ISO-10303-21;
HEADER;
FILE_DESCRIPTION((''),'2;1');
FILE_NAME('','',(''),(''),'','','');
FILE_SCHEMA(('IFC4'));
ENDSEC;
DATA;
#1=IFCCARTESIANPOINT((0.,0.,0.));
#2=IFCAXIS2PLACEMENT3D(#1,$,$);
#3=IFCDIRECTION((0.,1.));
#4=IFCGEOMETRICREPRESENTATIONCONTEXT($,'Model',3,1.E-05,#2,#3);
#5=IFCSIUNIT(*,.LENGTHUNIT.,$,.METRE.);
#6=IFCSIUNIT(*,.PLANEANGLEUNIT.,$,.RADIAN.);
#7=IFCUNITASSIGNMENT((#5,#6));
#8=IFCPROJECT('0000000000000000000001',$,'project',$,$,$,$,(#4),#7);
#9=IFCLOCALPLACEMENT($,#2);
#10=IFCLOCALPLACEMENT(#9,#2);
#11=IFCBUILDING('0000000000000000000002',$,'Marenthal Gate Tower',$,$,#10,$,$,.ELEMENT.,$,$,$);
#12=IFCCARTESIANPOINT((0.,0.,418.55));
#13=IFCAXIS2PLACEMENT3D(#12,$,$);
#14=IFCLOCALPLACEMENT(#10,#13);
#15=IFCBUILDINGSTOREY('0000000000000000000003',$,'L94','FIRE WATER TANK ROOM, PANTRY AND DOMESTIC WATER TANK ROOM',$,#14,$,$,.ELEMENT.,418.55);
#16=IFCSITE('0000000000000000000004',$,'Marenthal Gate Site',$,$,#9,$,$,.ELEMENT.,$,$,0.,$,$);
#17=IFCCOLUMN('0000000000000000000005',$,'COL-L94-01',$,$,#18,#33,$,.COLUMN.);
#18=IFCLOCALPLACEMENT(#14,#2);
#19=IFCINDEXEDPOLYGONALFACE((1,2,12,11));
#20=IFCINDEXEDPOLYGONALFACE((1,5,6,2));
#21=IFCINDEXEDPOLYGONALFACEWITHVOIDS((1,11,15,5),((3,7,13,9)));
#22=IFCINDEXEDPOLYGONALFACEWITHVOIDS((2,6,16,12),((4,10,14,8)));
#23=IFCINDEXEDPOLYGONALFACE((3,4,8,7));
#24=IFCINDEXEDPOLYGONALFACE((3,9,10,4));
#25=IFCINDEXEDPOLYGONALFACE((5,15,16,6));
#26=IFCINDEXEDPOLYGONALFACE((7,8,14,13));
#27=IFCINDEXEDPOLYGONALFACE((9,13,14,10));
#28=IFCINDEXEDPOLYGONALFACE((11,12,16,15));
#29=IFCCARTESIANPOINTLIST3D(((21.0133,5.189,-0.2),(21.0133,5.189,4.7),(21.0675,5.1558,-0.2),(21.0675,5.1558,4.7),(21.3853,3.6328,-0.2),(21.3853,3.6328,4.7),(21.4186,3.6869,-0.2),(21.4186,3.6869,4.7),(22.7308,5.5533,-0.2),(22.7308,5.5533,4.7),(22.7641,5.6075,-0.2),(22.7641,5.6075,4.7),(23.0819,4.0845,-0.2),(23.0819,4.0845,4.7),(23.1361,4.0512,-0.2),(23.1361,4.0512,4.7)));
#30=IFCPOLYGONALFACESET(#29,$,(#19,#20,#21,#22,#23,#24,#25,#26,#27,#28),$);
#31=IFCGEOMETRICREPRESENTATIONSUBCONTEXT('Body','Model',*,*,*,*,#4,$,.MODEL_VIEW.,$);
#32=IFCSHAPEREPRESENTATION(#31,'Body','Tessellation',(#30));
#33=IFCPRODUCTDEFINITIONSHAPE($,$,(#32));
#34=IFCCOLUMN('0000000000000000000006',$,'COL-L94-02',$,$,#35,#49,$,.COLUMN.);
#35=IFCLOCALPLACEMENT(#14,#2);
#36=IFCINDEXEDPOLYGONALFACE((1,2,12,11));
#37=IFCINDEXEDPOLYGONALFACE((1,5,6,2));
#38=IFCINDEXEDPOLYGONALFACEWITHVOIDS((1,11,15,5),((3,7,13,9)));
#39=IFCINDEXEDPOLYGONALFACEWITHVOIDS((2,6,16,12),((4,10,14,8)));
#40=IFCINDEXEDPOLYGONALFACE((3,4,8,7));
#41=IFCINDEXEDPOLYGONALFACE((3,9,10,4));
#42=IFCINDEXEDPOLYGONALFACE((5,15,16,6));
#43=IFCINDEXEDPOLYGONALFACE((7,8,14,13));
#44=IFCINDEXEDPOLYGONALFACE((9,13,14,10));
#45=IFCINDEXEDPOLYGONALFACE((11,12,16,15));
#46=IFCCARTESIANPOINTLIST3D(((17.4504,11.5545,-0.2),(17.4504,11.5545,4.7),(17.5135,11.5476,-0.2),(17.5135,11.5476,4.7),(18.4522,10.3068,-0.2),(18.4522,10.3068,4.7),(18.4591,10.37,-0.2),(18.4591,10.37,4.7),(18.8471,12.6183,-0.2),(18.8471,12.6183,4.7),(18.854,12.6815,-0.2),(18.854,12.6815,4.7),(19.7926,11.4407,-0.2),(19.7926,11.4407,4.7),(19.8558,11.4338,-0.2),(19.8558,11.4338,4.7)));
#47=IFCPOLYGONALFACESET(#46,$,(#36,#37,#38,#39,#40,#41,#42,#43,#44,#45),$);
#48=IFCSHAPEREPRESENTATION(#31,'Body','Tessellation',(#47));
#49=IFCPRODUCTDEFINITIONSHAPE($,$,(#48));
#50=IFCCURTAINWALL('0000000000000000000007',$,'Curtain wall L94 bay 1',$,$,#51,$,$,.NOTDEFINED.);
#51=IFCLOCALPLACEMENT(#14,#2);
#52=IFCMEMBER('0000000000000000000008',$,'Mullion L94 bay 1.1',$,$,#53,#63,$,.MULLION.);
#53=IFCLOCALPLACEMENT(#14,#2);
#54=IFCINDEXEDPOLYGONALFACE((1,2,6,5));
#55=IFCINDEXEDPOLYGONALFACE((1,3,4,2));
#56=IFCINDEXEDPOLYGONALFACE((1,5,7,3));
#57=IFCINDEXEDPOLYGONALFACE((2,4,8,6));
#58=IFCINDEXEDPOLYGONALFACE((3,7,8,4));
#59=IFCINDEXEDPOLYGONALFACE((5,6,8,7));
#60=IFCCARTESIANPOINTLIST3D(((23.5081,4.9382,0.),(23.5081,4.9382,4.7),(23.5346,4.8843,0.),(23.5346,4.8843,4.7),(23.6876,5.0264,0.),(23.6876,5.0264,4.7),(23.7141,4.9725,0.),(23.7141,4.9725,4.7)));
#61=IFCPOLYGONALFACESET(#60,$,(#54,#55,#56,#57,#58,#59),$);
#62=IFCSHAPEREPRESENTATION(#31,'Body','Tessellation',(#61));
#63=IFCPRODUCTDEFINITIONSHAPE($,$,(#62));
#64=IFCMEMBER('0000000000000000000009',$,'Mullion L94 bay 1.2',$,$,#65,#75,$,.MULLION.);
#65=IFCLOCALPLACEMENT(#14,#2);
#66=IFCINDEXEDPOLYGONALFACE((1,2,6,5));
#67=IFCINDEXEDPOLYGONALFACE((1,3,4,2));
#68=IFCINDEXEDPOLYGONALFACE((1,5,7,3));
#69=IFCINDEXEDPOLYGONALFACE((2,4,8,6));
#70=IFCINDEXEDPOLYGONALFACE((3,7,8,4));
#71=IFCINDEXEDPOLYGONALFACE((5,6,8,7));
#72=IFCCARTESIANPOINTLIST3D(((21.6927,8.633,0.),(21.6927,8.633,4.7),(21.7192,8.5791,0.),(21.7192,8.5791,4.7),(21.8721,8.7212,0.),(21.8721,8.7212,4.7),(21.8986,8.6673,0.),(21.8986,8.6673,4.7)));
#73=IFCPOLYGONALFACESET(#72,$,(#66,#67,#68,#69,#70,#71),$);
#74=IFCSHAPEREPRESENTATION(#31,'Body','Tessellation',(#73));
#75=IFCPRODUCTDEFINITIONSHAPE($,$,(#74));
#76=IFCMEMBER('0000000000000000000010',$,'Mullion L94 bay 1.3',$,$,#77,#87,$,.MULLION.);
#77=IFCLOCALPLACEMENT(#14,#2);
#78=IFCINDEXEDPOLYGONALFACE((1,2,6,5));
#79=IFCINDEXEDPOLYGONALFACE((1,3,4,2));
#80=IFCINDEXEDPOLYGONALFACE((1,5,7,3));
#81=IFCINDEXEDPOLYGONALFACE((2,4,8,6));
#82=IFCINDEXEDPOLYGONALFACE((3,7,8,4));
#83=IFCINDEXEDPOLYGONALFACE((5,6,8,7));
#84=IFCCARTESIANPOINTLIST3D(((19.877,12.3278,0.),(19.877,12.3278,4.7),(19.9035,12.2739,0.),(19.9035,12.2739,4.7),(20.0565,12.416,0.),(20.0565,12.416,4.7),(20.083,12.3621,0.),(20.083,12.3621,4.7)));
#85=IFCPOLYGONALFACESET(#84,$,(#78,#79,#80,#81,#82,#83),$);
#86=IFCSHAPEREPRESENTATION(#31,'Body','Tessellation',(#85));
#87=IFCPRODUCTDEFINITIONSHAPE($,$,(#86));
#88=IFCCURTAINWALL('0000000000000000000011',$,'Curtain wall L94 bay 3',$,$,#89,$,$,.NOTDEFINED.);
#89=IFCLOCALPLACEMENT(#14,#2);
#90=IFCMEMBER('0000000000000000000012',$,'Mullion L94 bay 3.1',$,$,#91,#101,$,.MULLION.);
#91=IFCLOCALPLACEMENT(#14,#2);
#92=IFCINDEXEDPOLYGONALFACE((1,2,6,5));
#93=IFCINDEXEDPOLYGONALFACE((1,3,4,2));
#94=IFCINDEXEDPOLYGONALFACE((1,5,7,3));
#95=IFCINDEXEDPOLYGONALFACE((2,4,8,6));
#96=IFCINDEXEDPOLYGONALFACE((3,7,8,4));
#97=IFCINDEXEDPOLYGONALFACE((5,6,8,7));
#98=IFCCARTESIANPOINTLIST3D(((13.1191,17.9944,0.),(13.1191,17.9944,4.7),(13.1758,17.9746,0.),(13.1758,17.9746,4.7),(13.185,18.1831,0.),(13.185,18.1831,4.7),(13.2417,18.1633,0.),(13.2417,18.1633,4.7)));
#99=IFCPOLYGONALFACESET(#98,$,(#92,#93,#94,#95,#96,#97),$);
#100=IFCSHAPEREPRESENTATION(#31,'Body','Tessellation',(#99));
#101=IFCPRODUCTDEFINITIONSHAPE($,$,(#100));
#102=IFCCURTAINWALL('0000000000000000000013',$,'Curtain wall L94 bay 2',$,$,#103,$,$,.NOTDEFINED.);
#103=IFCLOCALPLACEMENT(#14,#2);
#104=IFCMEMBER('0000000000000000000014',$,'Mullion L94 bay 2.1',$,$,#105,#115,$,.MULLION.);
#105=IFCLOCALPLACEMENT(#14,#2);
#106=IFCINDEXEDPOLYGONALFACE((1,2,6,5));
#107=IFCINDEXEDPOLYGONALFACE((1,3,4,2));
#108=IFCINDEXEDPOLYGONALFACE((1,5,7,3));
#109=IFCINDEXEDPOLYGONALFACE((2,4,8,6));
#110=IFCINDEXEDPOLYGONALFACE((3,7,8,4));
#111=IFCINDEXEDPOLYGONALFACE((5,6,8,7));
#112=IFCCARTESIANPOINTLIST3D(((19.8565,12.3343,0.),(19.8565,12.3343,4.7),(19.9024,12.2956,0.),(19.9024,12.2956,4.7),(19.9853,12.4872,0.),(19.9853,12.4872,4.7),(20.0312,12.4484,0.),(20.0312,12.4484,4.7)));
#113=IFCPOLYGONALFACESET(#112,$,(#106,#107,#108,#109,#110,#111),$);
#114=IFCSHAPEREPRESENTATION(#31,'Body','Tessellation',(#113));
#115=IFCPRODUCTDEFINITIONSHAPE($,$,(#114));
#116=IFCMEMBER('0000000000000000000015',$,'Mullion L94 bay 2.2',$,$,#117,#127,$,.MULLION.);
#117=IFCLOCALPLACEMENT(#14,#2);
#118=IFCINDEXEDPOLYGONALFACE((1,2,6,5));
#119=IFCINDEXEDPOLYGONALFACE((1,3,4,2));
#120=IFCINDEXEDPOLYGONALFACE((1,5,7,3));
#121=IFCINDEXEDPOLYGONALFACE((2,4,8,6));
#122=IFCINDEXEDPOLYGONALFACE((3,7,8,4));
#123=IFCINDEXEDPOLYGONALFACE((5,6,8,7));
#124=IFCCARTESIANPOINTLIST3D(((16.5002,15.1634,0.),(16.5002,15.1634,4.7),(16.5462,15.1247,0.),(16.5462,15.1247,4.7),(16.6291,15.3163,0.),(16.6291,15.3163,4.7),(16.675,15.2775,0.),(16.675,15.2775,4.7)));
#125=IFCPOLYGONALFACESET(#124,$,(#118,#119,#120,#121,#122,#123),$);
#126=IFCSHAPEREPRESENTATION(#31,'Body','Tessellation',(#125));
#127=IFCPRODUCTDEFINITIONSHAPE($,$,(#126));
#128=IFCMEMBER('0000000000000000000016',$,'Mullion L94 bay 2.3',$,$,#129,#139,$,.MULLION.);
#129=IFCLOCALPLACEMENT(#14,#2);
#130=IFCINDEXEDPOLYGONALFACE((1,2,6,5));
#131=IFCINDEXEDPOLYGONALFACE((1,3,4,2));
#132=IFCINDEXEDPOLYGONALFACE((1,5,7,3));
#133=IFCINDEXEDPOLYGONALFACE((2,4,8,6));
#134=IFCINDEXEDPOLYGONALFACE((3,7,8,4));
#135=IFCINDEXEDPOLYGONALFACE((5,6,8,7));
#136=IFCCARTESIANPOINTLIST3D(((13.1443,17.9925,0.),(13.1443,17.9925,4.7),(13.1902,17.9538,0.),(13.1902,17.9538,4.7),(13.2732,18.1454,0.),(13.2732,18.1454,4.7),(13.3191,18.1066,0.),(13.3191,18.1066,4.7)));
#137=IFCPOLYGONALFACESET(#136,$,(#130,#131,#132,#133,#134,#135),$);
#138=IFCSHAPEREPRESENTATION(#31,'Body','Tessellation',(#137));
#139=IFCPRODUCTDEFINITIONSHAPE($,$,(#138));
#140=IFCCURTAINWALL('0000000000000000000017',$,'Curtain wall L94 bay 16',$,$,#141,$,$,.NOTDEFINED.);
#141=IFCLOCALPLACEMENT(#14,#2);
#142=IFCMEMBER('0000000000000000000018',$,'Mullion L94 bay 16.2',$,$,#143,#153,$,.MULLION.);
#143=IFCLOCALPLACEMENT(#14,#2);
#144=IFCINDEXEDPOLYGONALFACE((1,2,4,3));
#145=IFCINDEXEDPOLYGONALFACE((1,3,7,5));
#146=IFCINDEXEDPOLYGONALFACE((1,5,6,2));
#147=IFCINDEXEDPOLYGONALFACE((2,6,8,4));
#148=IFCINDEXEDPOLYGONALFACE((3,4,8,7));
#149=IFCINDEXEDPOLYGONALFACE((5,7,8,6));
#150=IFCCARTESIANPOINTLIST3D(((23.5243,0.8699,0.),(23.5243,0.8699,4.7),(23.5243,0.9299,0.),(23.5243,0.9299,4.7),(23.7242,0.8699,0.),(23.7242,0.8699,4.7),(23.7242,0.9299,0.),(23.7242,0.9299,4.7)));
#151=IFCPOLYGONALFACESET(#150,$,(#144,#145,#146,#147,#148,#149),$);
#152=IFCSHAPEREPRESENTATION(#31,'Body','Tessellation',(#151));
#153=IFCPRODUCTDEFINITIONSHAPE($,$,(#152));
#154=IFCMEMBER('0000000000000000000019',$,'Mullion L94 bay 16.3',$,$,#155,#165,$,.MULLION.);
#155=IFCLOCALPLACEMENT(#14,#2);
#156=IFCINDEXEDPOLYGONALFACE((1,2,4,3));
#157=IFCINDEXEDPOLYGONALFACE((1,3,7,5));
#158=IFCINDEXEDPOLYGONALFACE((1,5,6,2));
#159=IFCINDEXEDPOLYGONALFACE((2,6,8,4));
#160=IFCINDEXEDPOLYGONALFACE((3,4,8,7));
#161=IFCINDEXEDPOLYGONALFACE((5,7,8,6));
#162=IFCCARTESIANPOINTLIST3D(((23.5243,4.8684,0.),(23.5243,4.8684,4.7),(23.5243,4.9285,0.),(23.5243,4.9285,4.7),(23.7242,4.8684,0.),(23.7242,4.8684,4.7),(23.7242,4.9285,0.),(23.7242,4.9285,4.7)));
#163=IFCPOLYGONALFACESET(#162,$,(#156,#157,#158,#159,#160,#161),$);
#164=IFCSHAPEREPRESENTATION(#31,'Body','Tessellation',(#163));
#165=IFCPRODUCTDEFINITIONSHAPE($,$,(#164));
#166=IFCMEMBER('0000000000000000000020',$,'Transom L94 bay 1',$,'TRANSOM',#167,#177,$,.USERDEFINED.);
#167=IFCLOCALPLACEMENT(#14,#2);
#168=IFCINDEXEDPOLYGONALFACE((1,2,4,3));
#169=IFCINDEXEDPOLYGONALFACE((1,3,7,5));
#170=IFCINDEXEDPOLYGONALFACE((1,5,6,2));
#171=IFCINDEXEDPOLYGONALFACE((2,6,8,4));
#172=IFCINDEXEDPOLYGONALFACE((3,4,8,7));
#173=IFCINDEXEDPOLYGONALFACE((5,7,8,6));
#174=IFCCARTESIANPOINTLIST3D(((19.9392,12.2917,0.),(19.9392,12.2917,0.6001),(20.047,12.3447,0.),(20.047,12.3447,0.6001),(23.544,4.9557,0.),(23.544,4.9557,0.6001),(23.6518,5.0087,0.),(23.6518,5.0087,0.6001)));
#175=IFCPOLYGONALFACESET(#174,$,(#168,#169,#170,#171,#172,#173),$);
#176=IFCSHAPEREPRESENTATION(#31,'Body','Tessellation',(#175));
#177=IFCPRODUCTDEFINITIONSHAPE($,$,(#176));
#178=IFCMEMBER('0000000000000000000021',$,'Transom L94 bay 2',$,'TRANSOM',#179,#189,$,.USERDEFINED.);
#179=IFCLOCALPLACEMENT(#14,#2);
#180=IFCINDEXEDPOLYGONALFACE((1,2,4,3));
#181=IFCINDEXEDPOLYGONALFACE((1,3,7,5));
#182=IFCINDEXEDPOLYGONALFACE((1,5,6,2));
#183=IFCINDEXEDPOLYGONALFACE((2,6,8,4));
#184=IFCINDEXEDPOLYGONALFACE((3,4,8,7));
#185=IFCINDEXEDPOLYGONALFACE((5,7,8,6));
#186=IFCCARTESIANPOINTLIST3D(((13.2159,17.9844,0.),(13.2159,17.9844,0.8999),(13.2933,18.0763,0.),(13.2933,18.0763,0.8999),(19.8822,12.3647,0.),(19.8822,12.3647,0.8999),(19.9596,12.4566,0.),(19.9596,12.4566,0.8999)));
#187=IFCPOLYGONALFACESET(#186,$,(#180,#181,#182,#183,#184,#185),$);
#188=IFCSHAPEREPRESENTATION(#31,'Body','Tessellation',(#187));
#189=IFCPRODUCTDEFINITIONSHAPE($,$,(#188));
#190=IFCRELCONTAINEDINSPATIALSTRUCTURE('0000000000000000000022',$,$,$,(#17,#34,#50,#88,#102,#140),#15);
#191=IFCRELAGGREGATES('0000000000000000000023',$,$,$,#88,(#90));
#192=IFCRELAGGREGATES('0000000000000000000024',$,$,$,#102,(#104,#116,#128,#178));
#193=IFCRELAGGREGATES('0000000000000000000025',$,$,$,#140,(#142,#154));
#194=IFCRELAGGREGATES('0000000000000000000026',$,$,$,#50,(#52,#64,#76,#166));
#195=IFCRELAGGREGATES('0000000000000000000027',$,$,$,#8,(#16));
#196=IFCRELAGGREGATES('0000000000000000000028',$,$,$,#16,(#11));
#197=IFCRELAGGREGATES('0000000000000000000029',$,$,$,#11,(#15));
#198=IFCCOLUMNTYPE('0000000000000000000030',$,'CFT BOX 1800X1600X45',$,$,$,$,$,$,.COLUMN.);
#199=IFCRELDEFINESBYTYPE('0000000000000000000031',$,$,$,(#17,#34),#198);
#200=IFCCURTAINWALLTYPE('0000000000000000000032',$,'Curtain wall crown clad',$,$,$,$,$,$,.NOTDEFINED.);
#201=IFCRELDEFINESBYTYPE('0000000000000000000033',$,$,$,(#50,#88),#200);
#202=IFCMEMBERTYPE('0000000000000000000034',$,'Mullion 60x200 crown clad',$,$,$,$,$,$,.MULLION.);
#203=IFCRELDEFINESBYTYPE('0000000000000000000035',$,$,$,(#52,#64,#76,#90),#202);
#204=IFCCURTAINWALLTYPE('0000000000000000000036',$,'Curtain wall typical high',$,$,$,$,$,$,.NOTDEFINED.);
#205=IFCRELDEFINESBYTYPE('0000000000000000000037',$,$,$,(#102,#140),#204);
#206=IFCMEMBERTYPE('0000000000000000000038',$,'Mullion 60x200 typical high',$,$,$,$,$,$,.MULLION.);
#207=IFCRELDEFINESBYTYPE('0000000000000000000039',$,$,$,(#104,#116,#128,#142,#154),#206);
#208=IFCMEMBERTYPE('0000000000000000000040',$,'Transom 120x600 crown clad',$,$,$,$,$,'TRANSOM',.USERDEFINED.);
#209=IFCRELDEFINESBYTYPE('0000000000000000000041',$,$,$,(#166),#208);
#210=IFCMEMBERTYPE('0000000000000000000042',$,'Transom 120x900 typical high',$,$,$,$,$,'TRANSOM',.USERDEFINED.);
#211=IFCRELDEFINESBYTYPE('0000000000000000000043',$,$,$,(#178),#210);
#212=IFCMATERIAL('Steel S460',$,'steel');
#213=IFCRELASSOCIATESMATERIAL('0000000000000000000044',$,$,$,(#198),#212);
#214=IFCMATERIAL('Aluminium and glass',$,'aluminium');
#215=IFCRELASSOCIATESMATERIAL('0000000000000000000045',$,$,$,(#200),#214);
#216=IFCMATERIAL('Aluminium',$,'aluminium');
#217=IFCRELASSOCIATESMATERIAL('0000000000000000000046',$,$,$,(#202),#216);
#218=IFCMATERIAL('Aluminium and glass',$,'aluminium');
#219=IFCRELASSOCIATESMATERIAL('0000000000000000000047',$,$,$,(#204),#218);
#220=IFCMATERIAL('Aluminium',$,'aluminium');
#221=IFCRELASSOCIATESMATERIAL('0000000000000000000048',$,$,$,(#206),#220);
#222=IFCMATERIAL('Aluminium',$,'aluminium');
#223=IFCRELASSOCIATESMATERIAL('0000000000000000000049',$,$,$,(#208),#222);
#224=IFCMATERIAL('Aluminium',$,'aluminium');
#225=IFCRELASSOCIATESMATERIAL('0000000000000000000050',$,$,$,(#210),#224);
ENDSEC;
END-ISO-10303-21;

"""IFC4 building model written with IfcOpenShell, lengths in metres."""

from ifc_helpers import new_model, si_unit, direction, frame, origin, origin_2d, place, context, subcontext, project, spatial, rectangle, hollow_rectangle, extrude, material, material_profile, profile_set, type_object, element, aggregate, save


model = new_model("IFC4")

# Units and contexts
model_context = context("Model", 3, precision=1e-05, world=origin(), true_north=direction((0.0, 1.0)))
body_context = subcontext(model_context, "Body", "Model", "MODEL_VIEW")
ifc_project = project(units=[si_unit("LENGTHUNIT", "METRE"), si_unit("PLANEANGLEUNIT", "RADIAN")], contexts=[model_context])

# Site, building, storey
site_placement = place(None, origin())
site = spatial("IfcSite", under=ifc_project, at=site_placement, Name="Marenthal Gate Site", CompositionType="ELEMENT", RefElevation=0.0)
building_placement = place(site_placement, origin())
building = spatial("IfcBuilding", under=site, at=building_placement, Name="Marenthal Gate Tower", CompositionType="ELEMENT")
storey_placement = place(building_placement, frame((0.0, 0.0, 418.55)))
storey = spatial("IfcBuildingStorey", under=building, at=storey_placement, Name="L94", Description="FIRE WATER TANK ROOM, PANTRY AND DOMESTIC WATER TANK ROOM", CompositionType="ELEMENT", Elevation=418.55)

# Columns
ifc_material_1 = material(Name="Steel S460", Category="steel")
ifc_material_profile_1 = material_profile(ifc_material_1, hollow_rectangle(XDim=1.6001, YDim=1.8, WallThickness=0.0449, at=origin_2d()), Name="CFT BOX 1800X1600X45")
ifc_material_2 = material(Name="Concrete 70 MPa", Category="concrete")
ifc_material_profile_2 = material_profile(ifc_material_2, rectangle(XDim=1.51, YDim=1.71, at=origin_2d()), Name="CFT BOX 1800X1600X45 INFILL")
ifc_profile_set_1 = profile_set([ifc_material_profile_1, ifc_material_profile_2], Name="Steel S460 shell, Concrete 70 MPa infill")
column_type = type_object("IfcColumnType", Name="CFT BOX 1800X1600X45", PredefinedType="COLUMN", material=ifc_profile_set_1)
for number, where, z_axis, x_axis, name in (
    (1, (22.0747, 4.6201, -0.2), (0.0, 0.0, 1.0), (0.232481, -0.972601, 0.0), "COL-L94-01"),
    (2, (18.6531, 11.4941, -0.2), (0.0, 0.0, 1.0), (0.626094, -0.779748, 0.0), "COL-L94-02"),
):
    element("IfcColumn", number, at=place(storey_placement, frame(where, z_axis=z_axis, x_axis=x_axis)), inside=storey, type_object=column_type, Name=name, PredefinedType="COLUMN", context=body_context, shape_type="SweptSolid", body=[
        extrude(hollow_rectangle(XDim=1.6001, YDim=1.8, WallThickness=0.0449, at=origin_2d()), origin(), (0.0, 0.0, 1.0), 4.8999),
    ])

# Curtain wall, members
ifc_material_3 = material(Name="Aluminium and glass", Category="aluminium")
curtain_wall_type_1 = type_object("IfcCurtainWallType", Name="Curtain wall crown clad", PredefinedType="NOTDEFINED", material=ifc_material_3)
curtain_wall_1_placement = place(storey_placement, origin())
curtain_wall_1 = element("IfcCurtainWall", 3, at=curtain_wall_1_placement, inside=storey, type_object=curtain_wall_type_1, Name="Curtain wall L94 bay 1", PredefinedType="NOTDEFINED")
ifc_material_4 = material(Name="Aluminium", Category="aluminium")
ifc_material_profile_3 = material_profile(ifc_material_4, rectangle(XDim=0.2, YDim=0.0601, at=origin_2d()), Name="60x200 aluminium mullion")
ifc_profile_set_2 = profile_set([ifc_material_profile_3], Name="Aluminium")
member_type_1 = type_object("IfcMemberType", Name="Mullion 60x200 crown clad", PredefinedType="MULLION", material=ifc_profile_set_2)
member_1_placement = place(storey_placement, frame((23.6111, 4.9553, 0.0), z_axis=(0.0, 0.0, 1.0), x_axis=(-0.897507, -0.441001, 0.0)))
member_1 = element("IfcMember", 4, at=member_1_placement, type_object=member_type_1, Name="Mullion L94 bay 1.1", PredefinedType="MULLION", context=body_context, shape_type="SweptSolid", body=[
    extrude(rectangle(XDim=0.2, YDim=0.0601, at=origin_2d()), origin(), (0.0, 0.0, 1.0), 4.7),
])
member_2_placement = place(storey_placement, frame((21.7957, 8.6501, 0.0), z_axis=(0.0, 0.0, 1.0), x_axis=(-0.897507, -0.441001, 0.0)))
member_2 = element("IfcMember", 5, at=member_2_placement, type_object=member_type_1, Name="Mullion L94 bay 1.2", PredefinedType="MULLION", context=body_context, shape_type="SweptSolid", body=[
    extrude(rectangle(XDim=0.2, YDim=0.0601, at=origin_2d()), origin(), (0.0, 0.0, 1.0), 4.7),
])
member_3_placement = place(storey_placement, frame((19.98, 12.345, 0.0), z_axis=(0.0, 0.0, 1.0), x_axis=(-0.897507, -0.441001, 0.0)))
member_3 = element("IfcMember", 6, at=member_3_placement, type_object=member_type_1, Name="Mullion L94 bay 1.3", PredefinedType="MULLION", context=body_context, shape_type="SweptSolid", body=[
    extrude(rectangle(XDim=0.2, YDim=0.0601, at=origin_2d()), origin(), (0.0, 0.0, 1.0), 4.7),
])

# Curtain wall, member
curtain_wall_2_placement = place(storey_placement, origin())
curtain_wall_2 = element("IfcCurtainWall", 7, at=curtain_wall_2_placement, inside=storey, type_object=curtain_wall_type_1, Name="Curtain wall L94 bay 3", PredefinedType="NOTDEFINED")
member_4_placement = place(storey_placement, frame((13.1804, 18.0789, 0.0), z_axis=(0.0, 0.0, 1.0), x_axis=(-0.329655, -0.944101, 0.0)))
member_4 = element("IfcMember", 8, at=member_4_placement, type_object=member_type_1, Name="Mullion L94 bay 3.1", PredefinedType="MULLION", context=body_context, shape_type="SweptSolid", body=[
    extrude(rectangle(XDim=0.2, YDim=0.0601, at=origin_2d()), origin(), (0.0, 0.0, 1.0), 4.7),
])
aggregate(curtain_wall_2, [member_4])

# Curtain walls, members
ifc_material_5 = material(Name="Aluminium and glass", Category="aluminium")
curtain_wall_type_2 = type_object("IfcCurtainWallType", Name="Curtain wall typical high", PredefinedType="NOTDEFINED", material=ifc_material_5)
curtain_wall_3_placement = place(storey_placement, origin())
curtain_wall_3 = element("IfcCurtainWall", 9, at=curtain_wall_3_placement, inside=storey, type_object=curtain_wall_type_2, Name="Curtain wall L94 bay 2", PredefinedType="NOTDEFINED")
ifc_material_6 = material(Name="Aluminium", Category="aluminium")
ifc_material_profile_4 = material_profile(ifc_material_6, rectangle(XDim=0.2, YDim=0.0601, at=origin_2d()), Name="60x200 aluminium mullion")
ifc_profile_set_3 = profile_set([ifc_material_profile_4], Name="Aluminium")
member_type_2 = type_object("IfcMemberType", Name="Mullion 60x200 typical high", PredefinedType="MULLION", material=ifc_profile_set_3)
member_5_placement = place(storey_placement, frame((19.9438, 12.3914, 0.0), z_axis=(0.0, 0.0, 1.0), x_axis=(-0.644531, -0.764578, 0.0)))
member_5 = element("IfcMember", 10, at=member_5_placement, type_object=member_type_2, Name="Mullion L94 bay 2.1", PredefinedType="MULLION", context=body_context, shape_type="SweptSolid", body=[
    extrude(rectangle(XDim=0.2, YDim=0.0601, at=origin_2d()), origin(), (0.0, 0.0, 1.0), 4.7),
])
member_6_placement = place(storey_placement, frame((16.5876, 15.2205, 0.0), z_axis=(0.0, 0.0, 1.0), x_axis=(-0.644531, -0.764578, 0.0)))
member_6 = element("IfcMember", 11, at=member_6_placement, type_object=member_type_2, Name="Mullion L94 bay 2.2", PredefinedType="MULLION", context=body_context, shape_type="SweptSolid", body=[
    extrude(rectangle(XDim=0.2, YDim=0.0601, at=origin_2d()), origin(), (0.0, 0.0, 1.0), 4.7),
])
member_7_placement = place(storey_placement, frame((13.2317, 18.0496, 0.0), z_axis=(0.0, 0.0, 1.0), x_axis=(-0.644531, -0.764578, 0.0)))
member_7 = element("IfcMember", 12, at=member_7_placement, type_object=member_type_2, Name="Mullion L94 bay 2.3", PredefinedType="MULLION", context=body_context, shape_type="SweptSolid", body=[
    extrude(rectangle(XDim=0.2, YDim=0.0601, at=origin_2d()), origin(), (0.0, 0.0, 1.0), 4.7),
])
curtain_wall_4_placement = place(storey_placement, origin())
curtain_wall_4 = element("IfcCurtainWall", 13, at=curtain_wall_4_placement, inside=storey, type_object=curtain_wall_type_2, Name="Curtain wall L94 bay 16", PredefinedType="NOTDEFINED")
member_8_placement = place(storey_placement, frame((23.6243, 0.8999, 0.0), z_axis=(0.0, 0.0, 1.0), x_axis=(-1.0, 0.0, 0.0)))
member_8 = element("IfcMember", 14, at=member_8_placement, type_object=member_type_2, Name="Mullion L94 bay 16.2", PredefinedType="MULLION", context=body_context, shape_type="SweptSolid", body=[
    extrude(rectangle(XDim=0.2, YDim=0.0601, at=origin_2d()), origin(), (0.0, 0.0, 1.0), 4.7),
])
member_9_placement = place(storey_placement, frame((23.6243, 4.8984, 0.0), z_axis=(0.0, 0.0, 1.0), x_axis=(-1.0, 0.0, 0.0)))
member_9 = element("IfcMember", 15, at=member_9_placement, type_object=member_type_2, Name="Mullion L94 bay 16.3", PredefinedType="MULLION", context=body_context, shape_type="SweptSolid", body=[
    extrude(rectangle(XDim=0.2, YDim=0.0601, at=origin_2d()), origin(), (0.0, 0.0, 1.0), 4.7),
])

# Members
ifc_material_7 = material(Name="Aluminium", Category="aluminium")
ifc_material_profile_5 = material_profile(ifc_material_7, rectangle(XDim=0.1201, YDim=0.6001, at=origin_2d()), Name="120x600 aluminium transom")
ifc_profile_set_4 = profile_set([ifc_material_profile_5], Name="Aluminium")
member_type_3 = type_object("IfcMemberType", Name="Transom 120x600 crown clad", ElementType="TRANSOM", PredefinedType="USERDEFINED", material=ifc_profile_set_4)
member_10_placement = place(storey_placement, frame((23.5979, 4.9822, 0.3), z_axis=(-0.441014, 0.8975, 0.0), x_axis=(-0.8975, -0.441014, 0.0)))
member_10 = element("IfcMember", 16, at=member_10_placement, type_object=member_type_3, Name="Transom L94 bay 1", ObjectType="TRANSOM", PredefinedType="USERDEFINED", context=body_context, shape_type="SweptSolid", body=[
    extrude(rectangle(XDim=0.1201, YDim=0.6001, at=origin_2d()), origin(), (0.0, 0.0, 1.0), 8.1738),
])
ifc_material_8 = material(Name="Aluminium", Category="aluminium")
ifc_material_profile_6 = material_profile(ifc_material_8, rectangle(XDim=0.1201, YDim=0.8999, at=origin_2d()), Name="120x900 aluminium transom")
ifc_profile_set_5 = profile_set([ifc_material_profile_6], Name="Aluminium")
member_type_4 = type_object("IfcMemberType", Name="Transom 120x900 typical high", ElementType="TRANSOM", PredefinedType="USERDEFINED", material=ifc_profile_set_5)
member_11_placement = place(storey_placement, frame((19.9209, 12.4106, 0.45), z_axis=(-0.764576, 0.644534, 0.0), x_axis=(-0.644534, -0.764576, 0.0)))
member_11 = element("IfcMember", 17, at=member_11_placement, type_object=member_type_4, Name="Transom L94 bay 2", ObjectType="TRANSOM", PredefinedType="USERDEFINED", context=body_context, shape_type="SweptSolid", body=[
    extrude(rectangle(XDim=0.1201, YDim=0.8999, at=origin_2d()), origin(), (0.0, 0.0, 1.0), 8.719),
])

aggregate(curtain_wall_3, [member_5, member_6, member_7, member_11])
aggregate(curtain_wall_4, [member_8, member_9])
aggregate(curtain_wall_1, [member_1, member_2, member_3, member_10])

save(model, "model.ifc")
